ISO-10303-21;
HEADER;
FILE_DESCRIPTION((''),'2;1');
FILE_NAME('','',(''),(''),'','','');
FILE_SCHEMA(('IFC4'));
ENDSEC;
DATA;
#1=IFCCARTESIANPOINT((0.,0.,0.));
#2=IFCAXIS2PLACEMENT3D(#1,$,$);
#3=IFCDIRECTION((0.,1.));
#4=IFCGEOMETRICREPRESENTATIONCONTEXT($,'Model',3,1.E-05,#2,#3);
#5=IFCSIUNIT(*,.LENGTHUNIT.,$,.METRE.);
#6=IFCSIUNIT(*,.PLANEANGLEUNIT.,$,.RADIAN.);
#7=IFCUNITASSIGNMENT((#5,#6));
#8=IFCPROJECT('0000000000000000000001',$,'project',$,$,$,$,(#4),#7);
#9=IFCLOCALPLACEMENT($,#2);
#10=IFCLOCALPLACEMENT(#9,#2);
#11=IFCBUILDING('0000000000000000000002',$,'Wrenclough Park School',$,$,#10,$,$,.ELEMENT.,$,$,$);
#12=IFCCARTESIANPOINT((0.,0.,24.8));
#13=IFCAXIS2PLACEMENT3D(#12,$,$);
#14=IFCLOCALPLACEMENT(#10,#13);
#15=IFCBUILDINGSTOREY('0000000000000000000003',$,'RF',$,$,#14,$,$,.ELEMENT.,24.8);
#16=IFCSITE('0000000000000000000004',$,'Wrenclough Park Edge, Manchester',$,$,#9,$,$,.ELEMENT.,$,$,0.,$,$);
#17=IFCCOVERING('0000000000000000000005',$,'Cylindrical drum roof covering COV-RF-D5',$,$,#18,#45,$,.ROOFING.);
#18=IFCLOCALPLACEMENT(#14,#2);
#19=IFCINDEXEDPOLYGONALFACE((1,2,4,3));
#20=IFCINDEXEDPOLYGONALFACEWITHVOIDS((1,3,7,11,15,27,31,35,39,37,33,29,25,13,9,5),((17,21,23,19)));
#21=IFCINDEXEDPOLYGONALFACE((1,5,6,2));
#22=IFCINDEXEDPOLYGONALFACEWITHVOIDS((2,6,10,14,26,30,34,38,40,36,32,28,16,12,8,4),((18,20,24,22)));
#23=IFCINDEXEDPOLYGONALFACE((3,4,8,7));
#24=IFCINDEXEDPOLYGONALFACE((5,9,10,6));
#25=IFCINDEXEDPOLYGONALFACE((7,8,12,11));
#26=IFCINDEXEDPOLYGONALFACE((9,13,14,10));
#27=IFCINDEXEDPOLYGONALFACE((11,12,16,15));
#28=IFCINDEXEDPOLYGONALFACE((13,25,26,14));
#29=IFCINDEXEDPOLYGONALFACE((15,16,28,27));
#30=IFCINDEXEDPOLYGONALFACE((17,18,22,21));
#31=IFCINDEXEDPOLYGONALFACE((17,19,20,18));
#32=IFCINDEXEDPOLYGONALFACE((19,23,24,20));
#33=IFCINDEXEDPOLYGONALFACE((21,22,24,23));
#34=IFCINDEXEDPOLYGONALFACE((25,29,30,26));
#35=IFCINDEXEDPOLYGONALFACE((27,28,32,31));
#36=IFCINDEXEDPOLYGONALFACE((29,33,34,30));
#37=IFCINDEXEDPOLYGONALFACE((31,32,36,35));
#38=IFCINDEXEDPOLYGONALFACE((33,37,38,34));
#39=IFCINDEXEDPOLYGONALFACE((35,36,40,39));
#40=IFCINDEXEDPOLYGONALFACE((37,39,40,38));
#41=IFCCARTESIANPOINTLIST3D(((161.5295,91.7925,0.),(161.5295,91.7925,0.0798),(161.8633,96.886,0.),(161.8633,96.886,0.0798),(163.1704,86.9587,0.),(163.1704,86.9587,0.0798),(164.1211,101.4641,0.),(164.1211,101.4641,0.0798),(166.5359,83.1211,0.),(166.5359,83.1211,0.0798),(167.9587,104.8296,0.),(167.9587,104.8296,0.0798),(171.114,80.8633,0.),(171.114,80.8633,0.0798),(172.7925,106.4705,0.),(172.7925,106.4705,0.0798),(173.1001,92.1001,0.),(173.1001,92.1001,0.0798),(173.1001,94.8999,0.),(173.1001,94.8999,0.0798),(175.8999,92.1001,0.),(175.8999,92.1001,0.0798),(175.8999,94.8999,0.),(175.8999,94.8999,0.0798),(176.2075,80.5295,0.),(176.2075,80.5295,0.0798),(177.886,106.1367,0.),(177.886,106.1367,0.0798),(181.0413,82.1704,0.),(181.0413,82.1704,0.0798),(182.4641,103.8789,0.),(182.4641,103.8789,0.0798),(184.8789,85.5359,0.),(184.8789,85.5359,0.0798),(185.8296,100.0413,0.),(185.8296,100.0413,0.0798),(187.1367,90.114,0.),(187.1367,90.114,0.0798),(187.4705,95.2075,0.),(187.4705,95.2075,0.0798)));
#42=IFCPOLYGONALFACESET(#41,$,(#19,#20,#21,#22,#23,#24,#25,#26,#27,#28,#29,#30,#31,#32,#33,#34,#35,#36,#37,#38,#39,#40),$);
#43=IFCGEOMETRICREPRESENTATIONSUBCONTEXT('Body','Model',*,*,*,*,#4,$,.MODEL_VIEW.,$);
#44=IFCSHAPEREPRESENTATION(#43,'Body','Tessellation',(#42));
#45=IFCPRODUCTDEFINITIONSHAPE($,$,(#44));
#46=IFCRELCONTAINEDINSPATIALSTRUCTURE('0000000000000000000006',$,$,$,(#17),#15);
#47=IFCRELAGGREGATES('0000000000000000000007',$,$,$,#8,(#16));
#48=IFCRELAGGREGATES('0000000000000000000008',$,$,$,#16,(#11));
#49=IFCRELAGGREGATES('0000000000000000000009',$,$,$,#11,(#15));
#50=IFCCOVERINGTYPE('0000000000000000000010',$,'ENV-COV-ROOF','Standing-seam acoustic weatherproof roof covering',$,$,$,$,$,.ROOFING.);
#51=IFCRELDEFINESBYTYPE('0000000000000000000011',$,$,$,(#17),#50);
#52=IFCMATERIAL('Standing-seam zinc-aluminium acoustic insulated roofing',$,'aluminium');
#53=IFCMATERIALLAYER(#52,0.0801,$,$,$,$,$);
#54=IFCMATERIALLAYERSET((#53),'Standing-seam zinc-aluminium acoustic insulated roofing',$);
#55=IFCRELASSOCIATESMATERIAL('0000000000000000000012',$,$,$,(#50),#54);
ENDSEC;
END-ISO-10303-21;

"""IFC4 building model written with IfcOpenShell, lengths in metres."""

from ifc_helpers import new_model, si_unit, direction, frame, origin, place, context, subcontext, project, spatial, polyline, outline, extrude, material, layer, layer_set, type_object, element, save


model = new_model("IFC4")

# Units and contexts
model_context = context("Model", 3, precision=1e-05, world=origin(), true_north=direction((0.0, 1.0)))
body_context = subcontext(model_context, "Body", "Model", "MODEL_VIEW")
ifc_project = project(units=[si_unit("LENGTHUNIT", "METRE"), si_unit("PLANEANGLEUNIT", "RADIAN")], contexts=[model_context])

# Site, building, storey
site_placement = place(None, origin())
site = spatial("IfcSite", under=ifc_project, at=site_placement, Name="Wrenclough Park Edge, Manchester", CompositionType="ELEMENT", RefElevation=0.0)
building_placement = place(site_placement, origin())
building = spatial("IfcBuilding", under=site, at=building_placement, Name="Wrenclough Park School", CompositionType="ELEMENT")
storey_placement = place(building_placement, frame((0.0, 0.0, 24.8)))
storey = spatial("IfcBuildingStorey", under=building, at=storey_placement, Name="RF", CompositionType="ELEMENT", Elevation=24.8)

# Covering
ifc_material_1 = material(Name="Standing-seam zinc-aluminium acoustic insulated roofing", Category="aluminium")
ifc_layer_1 = layer(ifc_material_1, 0.0801)
ifc_layer_set_1 = layer_set([ifc_layer_1], Name="Standing-seam zinc-aluminium acoustic insulated roofing")
covering_type = type_object("IfcCoveringType", Name="ENV-COV-ROOF", Description="Standing-seam acoustic weatherproof roof covering", PredefinedType="ROOFING", material=ifc_layer_set_1)
covering_placement = place(storey_placement, origin())
element("IfcCovering", 1, at=covering_placement, inside=storey, type_object=covering_type, Name="Cylindrical drum roof covering COV-RF-D5", PredefinedType="ROOFING", context=body_context, shape_type="SweptSolid", body=[
    extrude(outline(polyline([(187.1367, 90.114), (187.4705, 95.2075), (185.8296, 100.0413), (182.4641, 103.8789), (177.886, 106.1367), (172.7925, 106.4705), (167.9587, 104.8296), (164.1211, 101.4641), (161.8633, 96.886), (161.5295, 91.7925), (163.1704, 86.9587), (166.5359, 83.1211), (171.114, 80.8633), (176.2075, 80.5295), (181.0413, 82.1704), (184.8789, 85.5359), (187.1367, 90.114)]), holes=[polyline([(175.8999, 94.8999), (173.1001, 94.8999), (173.1001, 92.1001), (175.8999, 92.1001), (175.8999, 94.8999)])]), origin(), (0.0, 0.0, 1.0), 0.0798),
])

save(model, "model.ifc")
